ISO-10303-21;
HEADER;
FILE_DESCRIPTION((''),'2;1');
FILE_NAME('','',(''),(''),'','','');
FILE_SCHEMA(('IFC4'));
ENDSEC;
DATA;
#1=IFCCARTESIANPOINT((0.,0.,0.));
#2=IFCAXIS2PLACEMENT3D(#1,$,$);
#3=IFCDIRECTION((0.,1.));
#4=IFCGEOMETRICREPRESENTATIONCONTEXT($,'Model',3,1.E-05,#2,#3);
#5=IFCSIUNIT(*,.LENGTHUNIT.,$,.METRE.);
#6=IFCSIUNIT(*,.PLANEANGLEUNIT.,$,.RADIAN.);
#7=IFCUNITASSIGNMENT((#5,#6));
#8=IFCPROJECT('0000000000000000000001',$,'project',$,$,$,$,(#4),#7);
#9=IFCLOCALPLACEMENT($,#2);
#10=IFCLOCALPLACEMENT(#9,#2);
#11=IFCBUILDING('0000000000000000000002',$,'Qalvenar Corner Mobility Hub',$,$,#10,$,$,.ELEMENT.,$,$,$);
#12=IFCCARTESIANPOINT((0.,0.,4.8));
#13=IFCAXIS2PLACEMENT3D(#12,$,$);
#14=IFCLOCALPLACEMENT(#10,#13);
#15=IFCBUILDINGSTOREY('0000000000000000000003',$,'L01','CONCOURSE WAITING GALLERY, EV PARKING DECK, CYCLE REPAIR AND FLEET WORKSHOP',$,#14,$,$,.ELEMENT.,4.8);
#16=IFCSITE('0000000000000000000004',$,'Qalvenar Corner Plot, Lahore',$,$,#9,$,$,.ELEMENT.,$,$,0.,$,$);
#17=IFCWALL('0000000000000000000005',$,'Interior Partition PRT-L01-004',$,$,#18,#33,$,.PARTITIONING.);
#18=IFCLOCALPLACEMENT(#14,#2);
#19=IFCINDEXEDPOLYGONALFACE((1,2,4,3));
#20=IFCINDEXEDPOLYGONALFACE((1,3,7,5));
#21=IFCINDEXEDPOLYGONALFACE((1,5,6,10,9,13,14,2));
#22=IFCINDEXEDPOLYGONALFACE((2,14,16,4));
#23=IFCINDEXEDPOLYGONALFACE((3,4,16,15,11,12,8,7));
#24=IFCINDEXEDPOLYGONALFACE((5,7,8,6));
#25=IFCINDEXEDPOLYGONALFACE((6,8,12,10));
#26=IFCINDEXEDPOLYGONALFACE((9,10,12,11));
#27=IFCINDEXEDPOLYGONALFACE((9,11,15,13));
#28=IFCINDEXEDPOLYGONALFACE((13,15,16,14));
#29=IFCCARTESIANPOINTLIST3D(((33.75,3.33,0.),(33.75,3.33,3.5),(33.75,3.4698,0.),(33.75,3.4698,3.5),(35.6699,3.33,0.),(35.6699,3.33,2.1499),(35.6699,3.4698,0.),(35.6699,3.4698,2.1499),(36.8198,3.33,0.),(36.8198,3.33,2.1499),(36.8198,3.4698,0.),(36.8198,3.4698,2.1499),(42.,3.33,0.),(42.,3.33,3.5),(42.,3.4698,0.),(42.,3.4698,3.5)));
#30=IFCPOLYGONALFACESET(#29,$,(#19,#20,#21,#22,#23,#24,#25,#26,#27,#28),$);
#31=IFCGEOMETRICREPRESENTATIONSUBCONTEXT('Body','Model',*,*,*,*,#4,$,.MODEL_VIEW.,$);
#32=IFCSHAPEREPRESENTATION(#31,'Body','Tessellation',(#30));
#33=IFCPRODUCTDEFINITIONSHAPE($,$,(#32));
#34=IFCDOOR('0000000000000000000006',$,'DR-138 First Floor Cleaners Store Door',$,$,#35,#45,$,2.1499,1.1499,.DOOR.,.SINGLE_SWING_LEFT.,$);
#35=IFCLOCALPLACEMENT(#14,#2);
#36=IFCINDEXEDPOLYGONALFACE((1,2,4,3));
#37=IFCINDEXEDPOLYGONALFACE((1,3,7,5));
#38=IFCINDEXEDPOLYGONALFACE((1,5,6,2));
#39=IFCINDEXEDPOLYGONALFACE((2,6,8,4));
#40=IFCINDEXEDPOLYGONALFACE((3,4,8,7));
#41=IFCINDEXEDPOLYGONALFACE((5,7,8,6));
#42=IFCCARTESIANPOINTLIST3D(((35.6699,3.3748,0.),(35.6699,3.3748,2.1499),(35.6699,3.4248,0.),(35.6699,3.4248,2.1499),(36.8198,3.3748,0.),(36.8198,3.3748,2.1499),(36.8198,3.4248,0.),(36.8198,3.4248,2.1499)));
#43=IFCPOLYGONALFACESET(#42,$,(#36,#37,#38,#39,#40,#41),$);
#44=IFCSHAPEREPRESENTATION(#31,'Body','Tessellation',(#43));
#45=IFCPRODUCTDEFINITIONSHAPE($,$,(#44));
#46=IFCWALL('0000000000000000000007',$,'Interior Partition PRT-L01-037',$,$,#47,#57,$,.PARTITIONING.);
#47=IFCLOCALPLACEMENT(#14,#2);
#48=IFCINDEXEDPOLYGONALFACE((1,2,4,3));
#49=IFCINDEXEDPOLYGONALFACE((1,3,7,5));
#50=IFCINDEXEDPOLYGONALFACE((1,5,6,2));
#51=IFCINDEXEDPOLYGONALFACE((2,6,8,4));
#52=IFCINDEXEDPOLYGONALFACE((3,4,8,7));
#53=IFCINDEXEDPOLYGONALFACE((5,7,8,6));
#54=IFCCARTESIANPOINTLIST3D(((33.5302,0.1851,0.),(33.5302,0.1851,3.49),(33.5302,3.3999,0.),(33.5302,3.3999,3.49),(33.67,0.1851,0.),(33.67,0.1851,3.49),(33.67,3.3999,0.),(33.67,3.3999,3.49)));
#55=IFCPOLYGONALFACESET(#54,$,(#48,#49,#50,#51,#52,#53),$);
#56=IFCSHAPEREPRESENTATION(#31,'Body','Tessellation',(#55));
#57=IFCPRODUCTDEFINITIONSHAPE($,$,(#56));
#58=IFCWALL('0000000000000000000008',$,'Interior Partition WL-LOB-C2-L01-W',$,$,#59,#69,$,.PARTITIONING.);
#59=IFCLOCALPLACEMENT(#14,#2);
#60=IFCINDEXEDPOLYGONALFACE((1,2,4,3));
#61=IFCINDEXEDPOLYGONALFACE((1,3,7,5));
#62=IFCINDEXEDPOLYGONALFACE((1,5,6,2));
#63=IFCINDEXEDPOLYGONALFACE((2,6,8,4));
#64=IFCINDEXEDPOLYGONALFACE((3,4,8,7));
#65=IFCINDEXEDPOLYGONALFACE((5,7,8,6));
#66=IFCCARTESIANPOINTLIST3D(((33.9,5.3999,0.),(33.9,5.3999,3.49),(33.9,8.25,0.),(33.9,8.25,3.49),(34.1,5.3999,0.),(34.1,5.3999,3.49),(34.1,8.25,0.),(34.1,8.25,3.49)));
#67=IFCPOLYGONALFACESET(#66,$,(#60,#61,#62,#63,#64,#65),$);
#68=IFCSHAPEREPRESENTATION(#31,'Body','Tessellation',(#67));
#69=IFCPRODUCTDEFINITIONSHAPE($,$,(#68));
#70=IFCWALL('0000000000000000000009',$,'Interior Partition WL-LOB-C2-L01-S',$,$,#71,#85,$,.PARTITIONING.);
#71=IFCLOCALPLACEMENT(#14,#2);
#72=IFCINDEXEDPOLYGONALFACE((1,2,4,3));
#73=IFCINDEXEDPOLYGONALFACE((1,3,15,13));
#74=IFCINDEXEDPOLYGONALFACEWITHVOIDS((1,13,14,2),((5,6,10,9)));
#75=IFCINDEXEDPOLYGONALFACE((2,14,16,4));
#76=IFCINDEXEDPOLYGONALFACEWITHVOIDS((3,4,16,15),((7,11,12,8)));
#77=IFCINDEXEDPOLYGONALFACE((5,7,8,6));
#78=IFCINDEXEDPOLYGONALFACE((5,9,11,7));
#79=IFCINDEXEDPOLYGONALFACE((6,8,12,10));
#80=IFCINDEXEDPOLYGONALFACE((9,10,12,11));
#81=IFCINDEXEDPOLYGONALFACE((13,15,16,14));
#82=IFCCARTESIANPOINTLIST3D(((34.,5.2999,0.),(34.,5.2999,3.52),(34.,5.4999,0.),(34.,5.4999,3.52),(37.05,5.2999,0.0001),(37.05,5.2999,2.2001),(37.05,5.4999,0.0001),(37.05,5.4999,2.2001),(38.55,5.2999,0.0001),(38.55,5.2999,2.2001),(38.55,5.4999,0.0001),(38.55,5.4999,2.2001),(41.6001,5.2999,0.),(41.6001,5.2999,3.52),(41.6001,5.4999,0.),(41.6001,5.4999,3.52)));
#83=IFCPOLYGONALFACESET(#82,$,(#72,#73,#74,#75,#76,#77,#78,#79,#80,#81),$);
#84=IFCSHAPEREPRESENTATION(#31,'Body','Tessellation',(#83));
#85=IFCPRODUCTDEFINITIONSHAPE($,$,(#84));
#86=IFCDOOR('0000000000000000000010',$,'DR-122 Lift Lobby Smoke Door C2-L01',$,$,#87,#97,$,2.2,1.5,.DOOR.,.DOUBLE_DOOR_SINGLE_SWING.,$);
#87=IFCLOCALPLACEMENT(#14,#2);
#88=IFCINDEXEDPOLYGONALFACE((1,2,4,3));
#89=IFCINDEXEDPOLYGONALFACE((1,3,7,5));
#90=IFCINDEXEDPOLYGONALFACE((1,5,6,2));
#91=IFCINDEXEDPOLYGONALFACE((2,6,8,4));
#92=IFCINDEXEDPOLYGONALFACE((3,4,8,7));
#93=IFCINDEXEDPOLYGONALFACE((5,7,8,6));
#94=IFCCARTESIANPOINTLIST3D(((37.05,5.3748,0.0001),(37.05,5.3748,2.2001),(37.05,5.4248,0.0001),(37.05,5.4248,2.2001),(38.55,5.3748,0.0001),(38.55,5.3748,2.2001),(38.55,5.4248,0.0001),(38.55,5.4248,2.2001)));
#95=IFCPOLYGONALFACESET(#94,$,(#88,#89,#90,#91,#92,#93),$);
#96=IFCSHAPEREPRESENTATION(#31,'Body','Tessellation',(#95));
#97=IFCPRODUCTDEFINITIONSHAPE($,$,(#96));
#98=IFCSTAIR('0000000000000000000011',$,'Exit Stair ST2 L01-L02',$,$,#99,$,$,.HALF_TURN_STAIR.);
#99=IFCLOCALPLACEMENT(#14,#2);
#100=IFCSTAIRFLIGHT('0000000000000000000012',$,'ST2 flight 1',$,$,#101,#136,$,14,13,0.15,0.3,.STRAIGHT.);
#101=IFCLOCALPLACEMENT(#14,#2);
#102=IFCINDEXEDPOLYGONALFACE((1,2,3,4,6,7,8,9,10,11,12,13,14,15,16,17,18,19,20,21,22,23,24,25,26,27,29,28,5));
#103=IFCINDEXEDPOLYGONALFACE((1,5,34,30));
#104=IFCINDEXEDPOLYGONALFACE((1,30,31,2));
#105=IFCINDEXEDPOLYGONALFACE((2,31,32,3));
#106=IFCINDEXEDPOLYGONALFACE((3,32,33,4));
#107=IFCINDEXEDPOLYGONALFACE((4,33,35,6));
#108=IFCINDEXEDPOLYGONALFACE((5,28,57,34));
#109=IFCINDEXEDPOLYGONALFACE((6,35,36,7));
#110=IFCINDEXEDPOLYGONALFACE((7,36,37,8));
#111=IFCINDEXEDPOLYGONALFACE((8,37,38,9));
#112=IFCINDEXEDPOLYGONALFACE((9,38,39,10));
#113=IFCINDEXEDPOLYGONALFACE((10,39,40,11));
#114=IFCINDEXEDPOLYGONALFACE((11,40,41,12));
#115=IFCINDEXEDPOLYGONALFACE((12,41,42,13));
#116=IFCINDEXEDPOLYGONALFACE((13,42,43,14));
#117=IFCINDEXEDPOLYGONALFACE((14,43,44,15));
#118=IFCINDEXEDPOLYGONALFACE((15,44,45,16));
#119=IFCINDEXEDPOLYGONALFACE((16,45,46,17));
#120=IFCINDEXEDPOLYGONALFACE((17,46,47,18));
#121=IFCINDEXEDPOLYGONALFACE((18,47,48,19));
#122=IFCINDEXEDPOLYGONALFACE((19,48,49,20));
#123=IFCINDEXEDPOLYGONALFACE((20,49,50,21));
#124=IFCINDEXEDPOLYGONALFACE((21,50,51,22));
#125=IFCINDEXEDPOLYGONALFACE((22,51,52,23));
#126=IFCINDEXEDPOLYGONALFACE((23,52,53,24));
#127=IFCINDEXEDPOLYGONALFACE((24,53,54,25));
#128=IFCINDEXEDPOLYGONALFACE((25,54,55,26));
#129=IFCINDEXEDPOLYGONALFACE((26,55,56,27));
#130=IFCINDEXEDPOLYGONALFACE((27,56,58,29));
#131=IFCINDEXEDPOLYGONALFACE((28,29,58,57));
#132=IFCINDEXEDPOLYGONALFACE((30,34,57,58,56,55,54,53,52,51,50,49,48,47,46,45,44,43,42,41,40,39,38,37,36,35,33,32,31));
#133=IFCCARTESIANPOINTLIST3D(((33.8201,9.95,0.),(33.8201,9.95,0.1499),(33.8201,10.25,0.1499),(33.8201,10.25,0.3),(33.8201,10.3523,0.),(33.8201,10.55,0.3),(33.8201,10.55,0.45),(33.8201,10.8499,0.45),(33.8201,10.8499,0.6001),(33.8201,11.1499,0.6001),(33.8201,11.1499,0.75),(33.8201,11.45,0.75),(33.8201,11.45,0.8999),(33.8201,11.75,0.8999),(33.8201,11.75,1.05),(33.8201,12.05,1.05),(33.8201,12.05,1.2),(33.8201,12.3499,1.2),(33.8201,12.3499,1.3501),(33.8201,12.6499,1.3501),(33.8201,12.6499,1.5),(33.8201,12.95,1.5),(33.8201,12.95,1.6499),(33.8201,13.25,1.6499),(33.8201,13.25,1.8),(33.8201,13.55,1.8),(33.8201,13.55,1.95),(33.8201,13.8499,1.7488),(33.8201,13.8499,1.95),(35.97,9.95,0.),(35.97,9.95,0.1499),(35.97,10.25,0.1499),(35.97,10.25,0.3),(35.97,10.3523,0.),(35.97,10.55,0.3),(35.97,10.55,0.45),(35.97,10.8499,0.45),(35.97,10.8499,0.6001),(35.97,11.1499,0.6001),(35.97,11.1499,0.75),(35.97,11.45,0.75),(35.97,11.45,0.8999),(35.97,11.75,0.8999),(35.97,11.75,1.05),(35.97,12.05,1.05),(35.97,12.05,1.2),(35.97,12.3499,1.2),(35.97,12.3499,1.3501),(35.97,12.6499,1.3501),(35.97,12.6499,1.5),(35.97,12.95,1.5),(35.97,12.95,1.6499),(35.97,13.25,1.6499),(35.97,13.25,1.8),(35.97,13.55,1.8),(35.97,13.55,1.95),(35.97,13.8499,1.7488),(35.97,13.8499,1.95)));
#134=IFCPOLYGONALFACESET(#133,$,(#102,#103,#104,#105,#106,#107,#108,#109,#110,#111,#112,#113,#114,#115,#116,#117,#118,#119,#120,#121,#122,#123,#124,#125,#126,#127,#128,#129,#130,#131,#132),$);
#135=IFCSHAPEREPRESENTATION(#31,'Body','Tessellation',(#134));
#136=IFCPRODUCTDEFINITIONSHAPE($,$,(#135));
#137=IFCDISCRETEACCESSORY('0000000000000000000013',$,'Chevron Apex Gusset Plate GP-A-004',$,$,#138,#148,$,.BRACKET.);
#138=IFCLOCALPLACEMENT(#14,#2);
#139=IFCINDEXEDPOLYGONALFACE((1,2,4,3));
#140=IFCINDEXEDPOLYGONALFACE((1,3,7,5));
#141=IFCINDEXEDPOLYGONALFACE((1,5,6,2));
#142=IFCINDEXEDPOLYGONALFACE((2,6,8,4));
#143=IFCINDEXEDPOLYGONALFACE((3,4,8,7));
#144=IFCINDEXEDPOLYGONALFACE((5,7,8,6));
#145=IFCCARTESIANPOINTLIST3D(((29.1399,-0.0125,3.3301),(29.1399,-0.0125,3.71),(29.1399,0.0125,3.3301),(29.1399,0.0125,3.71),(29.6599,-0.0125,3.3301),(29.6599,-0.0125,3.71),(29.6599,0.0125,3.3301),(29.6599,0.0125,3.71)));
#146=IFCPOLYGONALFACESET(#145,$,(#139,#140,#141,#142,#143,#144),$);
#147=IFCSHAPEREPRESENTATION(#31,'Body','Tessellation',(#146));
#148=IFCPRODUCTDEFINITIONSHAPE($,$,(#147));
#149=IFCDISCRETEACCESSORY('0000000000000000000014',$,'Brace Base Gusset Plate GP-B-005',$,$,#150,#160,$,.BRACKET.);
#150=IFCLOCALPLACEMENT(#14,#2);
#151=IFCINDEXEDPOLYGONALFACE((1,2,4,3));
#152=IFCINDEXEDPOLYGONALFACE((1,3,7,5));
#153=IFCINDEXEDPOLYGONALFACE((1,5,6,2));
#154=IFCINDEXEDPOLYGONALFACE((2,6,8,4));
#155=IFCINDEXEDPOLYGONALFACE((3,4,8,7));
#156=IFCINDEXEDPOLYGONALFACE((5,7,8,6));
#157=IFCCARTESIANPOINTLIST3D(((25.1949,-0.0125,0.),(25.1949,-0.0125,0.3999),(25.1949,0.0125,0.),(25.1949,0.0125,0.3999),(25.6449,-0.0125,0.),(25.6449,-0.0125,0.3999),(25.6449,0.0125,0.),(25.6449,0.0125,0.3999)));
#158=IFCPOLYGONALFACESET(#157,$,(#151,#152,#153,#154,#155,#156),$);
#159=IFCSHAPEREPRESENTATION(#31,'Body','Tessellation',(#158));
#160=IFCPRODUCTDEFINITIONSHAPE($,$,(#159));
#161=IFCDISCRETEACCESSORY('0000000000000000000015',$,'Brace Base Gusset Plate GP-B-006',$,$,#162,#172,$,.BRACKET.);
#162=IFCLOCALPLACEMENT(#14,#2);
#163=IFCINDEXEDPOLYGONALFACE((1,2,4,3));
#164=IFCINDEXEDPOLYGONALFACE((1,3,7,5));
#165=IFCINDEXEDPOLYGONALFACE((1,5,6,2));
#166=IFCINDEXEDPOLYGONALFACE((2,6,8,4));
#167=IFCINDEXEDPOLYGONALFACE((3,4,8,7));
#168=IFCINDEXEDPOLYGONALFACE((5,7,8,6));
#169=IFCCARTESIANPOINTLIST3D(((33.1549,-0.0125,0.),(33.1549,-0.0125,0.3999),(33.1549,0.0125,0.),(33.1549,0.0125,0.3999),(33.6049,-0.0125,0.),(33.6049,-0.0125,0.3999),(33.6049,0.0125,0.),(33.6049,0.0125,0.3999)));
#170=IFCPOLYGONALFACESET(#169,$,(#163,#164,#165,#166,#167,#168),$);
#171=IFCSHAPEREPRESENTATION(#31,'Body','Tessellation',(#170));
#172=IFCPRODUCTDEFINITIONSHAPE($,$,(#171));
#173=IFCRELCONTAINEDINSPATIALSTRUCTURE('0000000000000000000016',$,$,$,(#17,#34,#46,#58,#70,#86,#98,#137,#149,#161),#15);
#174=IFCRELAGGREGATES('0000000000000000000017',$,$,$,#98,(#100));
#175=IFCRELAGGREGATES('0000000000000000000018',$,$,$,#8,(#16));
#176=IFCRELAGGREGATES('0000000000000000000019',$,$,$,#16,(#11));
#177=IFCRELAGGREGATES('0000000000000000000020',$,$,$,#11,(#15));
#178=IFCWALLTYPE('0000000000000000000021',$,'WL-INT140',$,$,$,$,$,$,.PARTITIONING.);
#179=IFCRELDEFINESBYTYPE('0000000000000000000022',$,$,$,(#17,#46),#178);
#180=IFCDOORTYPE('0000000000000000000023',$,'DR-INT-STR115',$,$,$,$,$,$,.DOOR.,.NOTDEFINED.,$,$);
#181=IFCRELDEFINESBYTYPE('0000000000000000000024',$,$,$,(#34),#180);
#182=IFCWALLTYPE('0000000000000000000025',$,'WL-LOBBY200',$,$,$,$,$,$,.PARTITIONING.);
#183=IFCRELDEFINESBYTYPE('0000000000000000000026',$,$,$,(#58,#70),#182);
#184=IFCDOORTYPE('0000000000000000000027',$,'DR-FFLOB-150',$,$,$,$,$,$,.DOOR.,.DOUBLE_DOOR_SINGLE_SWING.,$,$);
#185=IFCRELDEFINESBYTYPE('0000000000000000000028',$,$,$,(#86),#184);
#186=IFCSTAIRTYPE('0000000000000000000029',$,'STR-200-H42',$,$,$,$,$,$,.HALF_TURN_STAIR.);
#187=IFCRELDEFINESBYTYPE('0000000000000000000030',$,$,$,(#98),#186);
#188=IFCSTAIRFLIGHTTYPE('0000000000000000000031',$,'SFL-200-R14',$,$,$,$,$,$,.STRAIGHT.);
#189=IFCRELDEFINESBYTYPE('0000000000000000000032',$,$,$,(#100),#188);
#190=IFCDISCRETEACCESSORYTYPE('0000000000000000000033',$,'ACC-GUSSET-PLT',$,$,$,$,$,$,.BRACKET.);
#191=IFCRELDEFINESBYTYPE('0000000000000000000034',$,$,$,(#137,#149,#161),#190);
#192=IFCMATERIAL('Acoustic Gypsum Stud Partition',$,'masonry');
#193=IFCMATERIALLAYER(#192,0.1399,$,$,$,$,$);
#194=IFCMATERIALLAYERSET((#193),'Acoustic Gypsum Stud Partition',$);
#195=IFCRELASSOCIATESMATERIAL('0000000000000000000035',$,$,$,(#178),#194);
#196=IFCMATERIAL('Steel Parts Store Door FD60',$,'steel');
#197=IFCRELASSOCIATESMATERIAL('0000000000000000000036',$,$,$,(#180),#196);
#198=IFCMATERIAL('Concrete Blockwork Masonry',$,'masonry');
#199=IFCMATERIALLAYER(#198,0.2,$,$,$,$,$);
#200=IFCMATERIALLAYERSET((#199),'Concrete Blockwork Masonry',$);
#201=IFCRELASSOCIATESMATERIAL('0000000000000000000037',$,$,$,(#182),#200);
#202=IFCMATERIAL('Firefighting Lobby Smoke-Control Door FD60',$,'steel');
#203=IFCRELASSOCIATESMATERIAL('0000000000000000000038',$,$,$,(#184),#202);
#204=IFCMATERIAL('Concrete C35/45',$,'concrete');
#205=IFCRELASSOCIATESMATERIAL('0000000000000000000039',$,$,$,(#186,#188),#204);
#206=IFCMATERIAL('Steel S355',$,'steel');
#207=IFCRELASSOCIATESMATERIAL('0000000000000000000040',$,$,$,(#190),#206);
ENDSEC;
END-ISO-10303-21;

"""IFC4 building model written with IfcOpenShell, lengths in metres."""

from ifc_helpers import new_model, si_unit, direction, frame, frame_2d, origin, origin_2d, place, context, subcontext, project, spatial, polyline, rectangle, outline, extrude, material, layer, layer_set, type_object, element, fill, aggregate, save


model = new_model("IFC4")

# Units and contexts
model_context = context("Model", 3, precision=1e-05, world=origin(), true_north=direction((0.0, 1.0)))
body_context = subcontext(model_context, "Body", "Model", "MODEL_VIEW")
ifc_project = project(units=[si_unit("LENGTHUNIT", "METRE"), si_unit("PLANEANGLEUNIT", "RADIAN")], contexts=[model_context])

# Site, building, storey
site_placement = place(None, origin())
site = spatial("IfcSite", under=ifc_project, at=site_placement, Name="Qalvenar Corner Plot, Lahore", CompositionType="ELEMENT", RefElevation=0.0)
building_placement = place(site_placement, origin())
building = spatial("IfcBuilding", under=site, at=building_placement, Name="Qalvenar Corner Mobility Hub", CompositionType="ELEMENT")
storey_placement = place(building_placement, frame((0.0, 0.0, 4.8)))
storey = spatial("IfcBuildingStorey", under=building, at=storey_placement, Name="L01", Description="CONCOURSE WAITING GALLERY, EV PARKING DECK, CYCLE REPAIR AND FLEET WORKSHOP", CompositionType="ELEMENT", Elevation=4.8)

# Shared definitions
ifc_material_1 = material(Name="Steel S355", Category="steel")

# Wall, opening, door
ifc_material_2 = material(Name="Acoustic Gypsum Stud Partition", Category="masonry")
ifc_layer_1 = layer(ifc_material_2, 0.1399)
ifc_layer_set_1 = layer_set([ifc_layer_1], Name="Acoustic Gypsum Stud Partition")
wall_type_1 = type_object("IfcWallType", Name="WL-INT140", PredefinedType="PARTITIONING", material=ifc_layer_set_1)
wall_1_placement = place(storey_placement, frame((33.75, 3.3999, 0.0), z_axis=(0.0, 0.0, 1.0), x_axis=(1.0, 0.0, 0.0)))
wall_1 = element("IfcWall", 1, at=wall_1_placement, inside=storey, type_object=wall_type_1, Name="Interior Partition PRT-L01-004", PredefinedType="PARTITIONING", context=body_context, shape_type="SweptSolid", body=[
    extrude(rectangle(XDim=8.25, YDim=0.1399, at=frame_2d((4.125, 0.0))), origin(), (0.0, 0.0, 1.0), 3.5),
])
opening_1_placement = place(wall_1_placement, frame((1.9199, 0.0, 0.0)))
opening_1 = element("IfcOpeningElement", 2, at=opening_1_placement, cuts=wall_1, PredefinedType="OPENING", context=body_context, shape_type="SweptSolid", body=[
    extrude(rectangle(XDim=1.1499, YDim=2.1499, at=frame_2d((0.575, 1.075))), frame((0.0, 0.0801, 0.0), z_axis=(0.0, -1.0, 0.0), x_axis=(1.0, 0.0, 0.0)), (0.0, 0.0, 1.0), 0.1599),
])
ifc_material_3 = material(Name="Steel Parts Store Door FD60", Category="steel")
door_type_1 = type_object("IfcDoorType", Name="DR-INT-STR115", OperationType="NOTDEFINED", PredefinedType="DOOR", material=ifc_material_3)
door_1_placement = place(opening_1_placement, origin())
door_1 = element("IfcDoor", 3, at=door_1_placement, inside=storey, type_object=door_type_1, Name="DR-138 First Floor Cleaners Store Door", OperationType="SINGLE_SWING_LEFT", OverallHeight=2.1499, OverallWidth=1.1499, PredefinedType="DOOR", context=body_context, shape_type="SweptSolid", body=[
    extrude(rectangle(XDim=1.1499, YDim=2.1499, at=frame_2d((0.575, 1.075))), frame((0.0, 0.0249, 0.0), z_axis=(0.0, -1.0, 0.0), x_axis=(1.0, 0.0, 0.0)), (0.0, 0.0, 1.0), 0.05),
])
fill(opening_1, door_1)

# Walls
wall_2_placement = place(storey_placement, frame((33.6001, 0.1851, 0.0), z_axis=(0.0, 0.0, 1.0), x_axis=(0.0, 1.0, 0.0)))
element("IfcWall", 4, at=wall_2_placement, inside=storey, type_object=wall_type_1, Name="Interior Partition PRT-L01-037", PredefinedType="PARTITIONING", context=body_context, shape_type="SweptSolid", body=[
    extrude(rectangle(XDim=3.2148, YDim=0.1399, at=frame_2d((1.6074, 0.0))), origin(), (0.0, 0.0, 1.0), 3.49),
])
ifc_material_4 = material(Name="Concrete Blockwork Masonry", Category="masonry")
ifc_layer_2 = layer(ifc_material_4, 0.2)
ifc_layer_set_2 = layer_set([ifc_layer_2], Name="Concrete Blockwork Masonry")
wall_type_2 = type_object("IfcWallType", Name="WL-LOBBY200", PredefinedType="PARTITIONING", material=ifc_layer_set_2)
wall_3_placement = place(storey_placement, frame((34.0, 5.3999, 0.0), z_axis=(0.0, 0.0, 1.0), x_axis=(0.0, 1.0, 0.0)))
element("IfcWall", 5, at=wall_3_placement, inside=storey, type_object=wall_type_2, Name="Interior Partition WL-LOB-C2-L01-W", PredefinedType="PARTITIONING", context=body_context, shape_type="SweptSolid", body=[
    extrude(rectangle(XDim=2.8501, YDim=0.2, at=frame_2d((1.425, 0.0))), origin(), (0.0, 0.0, 1.0), 3.49),
])

# Wall, opening, door
wall_4_placement = place(storey_placement, frame((34.0, 5.3999, 0.0), z_axis=(0.0, 0.0, 1.0), x_axis=(1.0, 0.0, 0.0)))
wall_4 = element("IfcWall", 6, at=wall_4_placement, inside=storey, type_object=wall_type_2, Name="Interior Partition WL-LOB-C2-L01-S", PredefinedType="PARTITIONING", context=body_context, shape_type="SweptSolid", body=[
    extrude(rectangle(XDim=7.6001, YDim=0.2, at=frame_2d((3.8, 0.0))), origin(), (0.0, 0.0, 1.0), 3.52),
])
opening_2_placement = place(wall_4_placement, frame((3.05, 0.0, 0.0)))
opening_2 = element("IfcOpeningElement", 7, at=opening_2_placement, cuts=wall_4, PredefinedType="OPENING", context=body_context, shape_type="SweptSolid", body=[
    extrude(rectangle(XDim=1.5, YDim=2.2, at=frame_2d((0.75, 1.1001))), frame((0.0, 0.1099, 0.0), z_axis=(0.0, -1.0, 0.0), x_axis=(1.0, 0.0, 0.0)), (0.0, 0.0, 1.0), 0.22),
])
ifc_material_5 = material(Name="Firefighting Lobby Smoke-Control Door FD60", Category="steel")
door_type_2 = type_object("IfcDoorType", Name="DR-FFLOB-150", OperationType="DOUBLE_DOOR_SINGLE_SWING", PredefinedType="DOOR", material=ifc_material_5)
door_2_placement = place(opening_2_placement, origin())
door_2 = element("IfcDoor", 8, at=door_2_placement, inside=storey, type_object=door_type_2, Name="DR-122 Lift Lobby Smoke Door C2-L01", OperationType="DOUBLE_DOOR_SINGLE_SWING", OverallHeight=2.2, OverallWidth=1.5, PredefinedType="DOOR", context=body_context, shape_type="SweptSolid", body=[
    extrude(rectangle(XDim=1.5, YDim=2.2, at=frame_2d((0.75, 1.1001))), frame((0.0, 0.0249, 0.0), z_axis=(0.0, -1.0, 0.0), x_axis=(1.0, 0.0, 0.0)), (0.0, 0.0, 1.0), 0.05),
])
fill(opening_2, door_2)

# Stair, stair flight
ifc_material_6 = material(Name="Concrete C35/45", Category="concrete")
stair_type = type_object("IfcStairType", Name="STR-200-H42", PredefinedType="HALF_TURN_STAIR", material=ifc_material_6)
stair_placement = place(storey_placement, origin())
stair = element("IfcStair", 9, at=stair_placement, inside=storey, type_object=stair_type, Name="Exit Stair ST2 L01-L02", PredefinedType="HALF_TURN_STAIR")
stair_flight_type = type_object("IfcStairFlightType", Name="SFL-200-R14", PredefinedType="STRAIGHT", material=ifc_material_6)
stair_flight_placement = place(storey_placement, frame((34.895, 9.95, 0.0), z_axis=(0.0, 0.0, 1.0), x_axis=(0.0, 1.0, 0.0)))
stair_flight = element("IfcStairFlight", 10, at=stair_flight_placement, type_object=stair_flight_type, Name="ST2 flight 1", NumberOfRisers=14, NumberOfTreads=13, PredefinedType="STRAIGHT", RiserHeight=0.15, TreadLength=0.3, context=body_context, shape_type="SweptSolid", body=[
    extrude(outline(polyline([(0.0, 0.0), (0.0, 0.1499), (0.3, 0.1499), (0.3, 0.3), (0.6001, 0.3), (0.6001, 0.45), (0.8999, 0.45), (0.8999, 0.6001), (1.2, 0.6001), (1.2, 0.75), (1.5, 0.75), (1.5, 0.8999), (1.8, 0.8999), (1.8, 1.05), (2.1001, 1.05), (2.1001, 1.2), (2.3999, 1.2), (2.3999, 1.3501), (2.7, 1.3501), (2.7, 1.5), (3.0, 1.5), (3.0, 1.6499), (3.3, 1.6499), (3.3, 1.8), (3.6001, 1.8), (3.6001, 1.95), (3.8999, 1.95), (3.8999, 2.1001), (3.8999, 1.7488), (0.4023, 0.0), (0.0, 0.0)])), frame((0.0, 1.075, 0.0), z_axis=(0.0, -1.0, 0.0), x_axis=(1.0, 0.0, 0.0)), (0.0, 0.0, 1.0), 2.1499),
])
aggregate(stair, [stair_flight])

# Discrete accessories
discrete_accessory_type = type_object("IfcDiscreteAccessoryType", Name="ACC-GUSSET-PLT", PredefinedType="BRACKET", material=ifc_material_1)
discrete_accessory_placement = place(storey_placement, frame((29.3999, 0.0, 3.3301), z_axis=(0.0, 0.0, 1.0), x_axis=(1.0, 0.0, 0.0)))
element("IfcDiscreteAccessory", 11, at=discrete_accessory_placement, inside=storey, type_object=discrete_accessory_type, Name="Chevron Apex Gusset Plate GP-A-004", PredefinedType="BRACKET", context=body_context, shape_type="SweptSolid", body=[
    extrude(rectangle(XDim=0.52, YDim=0.0249, at=origin_2d()), origin(), (0.0, 0.0, 1.0), 0.3799),
])
for number, where, z_axis, x_axis, name in (
    (12, (25.4199, 0.0, 0.0), (0.0, 0.0, 1.0), (1.0, 0.0, 0.0), "Brace Base Gusset Plate GP-B-005"),
    (13, (33.3799, 0.0, 0.0), (0.0, 0.0, 1.0), (1.0, 0.0, 0.0), "Brace Base Gusset Plate GP-B-006"),
):
    element("IfcDiscreteAccessory", number, at=place(storey_placement, frame(where, z_axis=z_axis, x_axis=x_axis)), inside=storey, type_object=discrete_accessory_type, Name=name, PredefinedType="BRACKET", context=body_context, shape_type="SweptSolid", body=[
        extrude(rectangle(XDim=0.45, YDim=0.0249, at=origin_2d()), origin(), (0.0, 0.0, 1.0), 0.3999),
    ])

save(model, "model.ifc")
